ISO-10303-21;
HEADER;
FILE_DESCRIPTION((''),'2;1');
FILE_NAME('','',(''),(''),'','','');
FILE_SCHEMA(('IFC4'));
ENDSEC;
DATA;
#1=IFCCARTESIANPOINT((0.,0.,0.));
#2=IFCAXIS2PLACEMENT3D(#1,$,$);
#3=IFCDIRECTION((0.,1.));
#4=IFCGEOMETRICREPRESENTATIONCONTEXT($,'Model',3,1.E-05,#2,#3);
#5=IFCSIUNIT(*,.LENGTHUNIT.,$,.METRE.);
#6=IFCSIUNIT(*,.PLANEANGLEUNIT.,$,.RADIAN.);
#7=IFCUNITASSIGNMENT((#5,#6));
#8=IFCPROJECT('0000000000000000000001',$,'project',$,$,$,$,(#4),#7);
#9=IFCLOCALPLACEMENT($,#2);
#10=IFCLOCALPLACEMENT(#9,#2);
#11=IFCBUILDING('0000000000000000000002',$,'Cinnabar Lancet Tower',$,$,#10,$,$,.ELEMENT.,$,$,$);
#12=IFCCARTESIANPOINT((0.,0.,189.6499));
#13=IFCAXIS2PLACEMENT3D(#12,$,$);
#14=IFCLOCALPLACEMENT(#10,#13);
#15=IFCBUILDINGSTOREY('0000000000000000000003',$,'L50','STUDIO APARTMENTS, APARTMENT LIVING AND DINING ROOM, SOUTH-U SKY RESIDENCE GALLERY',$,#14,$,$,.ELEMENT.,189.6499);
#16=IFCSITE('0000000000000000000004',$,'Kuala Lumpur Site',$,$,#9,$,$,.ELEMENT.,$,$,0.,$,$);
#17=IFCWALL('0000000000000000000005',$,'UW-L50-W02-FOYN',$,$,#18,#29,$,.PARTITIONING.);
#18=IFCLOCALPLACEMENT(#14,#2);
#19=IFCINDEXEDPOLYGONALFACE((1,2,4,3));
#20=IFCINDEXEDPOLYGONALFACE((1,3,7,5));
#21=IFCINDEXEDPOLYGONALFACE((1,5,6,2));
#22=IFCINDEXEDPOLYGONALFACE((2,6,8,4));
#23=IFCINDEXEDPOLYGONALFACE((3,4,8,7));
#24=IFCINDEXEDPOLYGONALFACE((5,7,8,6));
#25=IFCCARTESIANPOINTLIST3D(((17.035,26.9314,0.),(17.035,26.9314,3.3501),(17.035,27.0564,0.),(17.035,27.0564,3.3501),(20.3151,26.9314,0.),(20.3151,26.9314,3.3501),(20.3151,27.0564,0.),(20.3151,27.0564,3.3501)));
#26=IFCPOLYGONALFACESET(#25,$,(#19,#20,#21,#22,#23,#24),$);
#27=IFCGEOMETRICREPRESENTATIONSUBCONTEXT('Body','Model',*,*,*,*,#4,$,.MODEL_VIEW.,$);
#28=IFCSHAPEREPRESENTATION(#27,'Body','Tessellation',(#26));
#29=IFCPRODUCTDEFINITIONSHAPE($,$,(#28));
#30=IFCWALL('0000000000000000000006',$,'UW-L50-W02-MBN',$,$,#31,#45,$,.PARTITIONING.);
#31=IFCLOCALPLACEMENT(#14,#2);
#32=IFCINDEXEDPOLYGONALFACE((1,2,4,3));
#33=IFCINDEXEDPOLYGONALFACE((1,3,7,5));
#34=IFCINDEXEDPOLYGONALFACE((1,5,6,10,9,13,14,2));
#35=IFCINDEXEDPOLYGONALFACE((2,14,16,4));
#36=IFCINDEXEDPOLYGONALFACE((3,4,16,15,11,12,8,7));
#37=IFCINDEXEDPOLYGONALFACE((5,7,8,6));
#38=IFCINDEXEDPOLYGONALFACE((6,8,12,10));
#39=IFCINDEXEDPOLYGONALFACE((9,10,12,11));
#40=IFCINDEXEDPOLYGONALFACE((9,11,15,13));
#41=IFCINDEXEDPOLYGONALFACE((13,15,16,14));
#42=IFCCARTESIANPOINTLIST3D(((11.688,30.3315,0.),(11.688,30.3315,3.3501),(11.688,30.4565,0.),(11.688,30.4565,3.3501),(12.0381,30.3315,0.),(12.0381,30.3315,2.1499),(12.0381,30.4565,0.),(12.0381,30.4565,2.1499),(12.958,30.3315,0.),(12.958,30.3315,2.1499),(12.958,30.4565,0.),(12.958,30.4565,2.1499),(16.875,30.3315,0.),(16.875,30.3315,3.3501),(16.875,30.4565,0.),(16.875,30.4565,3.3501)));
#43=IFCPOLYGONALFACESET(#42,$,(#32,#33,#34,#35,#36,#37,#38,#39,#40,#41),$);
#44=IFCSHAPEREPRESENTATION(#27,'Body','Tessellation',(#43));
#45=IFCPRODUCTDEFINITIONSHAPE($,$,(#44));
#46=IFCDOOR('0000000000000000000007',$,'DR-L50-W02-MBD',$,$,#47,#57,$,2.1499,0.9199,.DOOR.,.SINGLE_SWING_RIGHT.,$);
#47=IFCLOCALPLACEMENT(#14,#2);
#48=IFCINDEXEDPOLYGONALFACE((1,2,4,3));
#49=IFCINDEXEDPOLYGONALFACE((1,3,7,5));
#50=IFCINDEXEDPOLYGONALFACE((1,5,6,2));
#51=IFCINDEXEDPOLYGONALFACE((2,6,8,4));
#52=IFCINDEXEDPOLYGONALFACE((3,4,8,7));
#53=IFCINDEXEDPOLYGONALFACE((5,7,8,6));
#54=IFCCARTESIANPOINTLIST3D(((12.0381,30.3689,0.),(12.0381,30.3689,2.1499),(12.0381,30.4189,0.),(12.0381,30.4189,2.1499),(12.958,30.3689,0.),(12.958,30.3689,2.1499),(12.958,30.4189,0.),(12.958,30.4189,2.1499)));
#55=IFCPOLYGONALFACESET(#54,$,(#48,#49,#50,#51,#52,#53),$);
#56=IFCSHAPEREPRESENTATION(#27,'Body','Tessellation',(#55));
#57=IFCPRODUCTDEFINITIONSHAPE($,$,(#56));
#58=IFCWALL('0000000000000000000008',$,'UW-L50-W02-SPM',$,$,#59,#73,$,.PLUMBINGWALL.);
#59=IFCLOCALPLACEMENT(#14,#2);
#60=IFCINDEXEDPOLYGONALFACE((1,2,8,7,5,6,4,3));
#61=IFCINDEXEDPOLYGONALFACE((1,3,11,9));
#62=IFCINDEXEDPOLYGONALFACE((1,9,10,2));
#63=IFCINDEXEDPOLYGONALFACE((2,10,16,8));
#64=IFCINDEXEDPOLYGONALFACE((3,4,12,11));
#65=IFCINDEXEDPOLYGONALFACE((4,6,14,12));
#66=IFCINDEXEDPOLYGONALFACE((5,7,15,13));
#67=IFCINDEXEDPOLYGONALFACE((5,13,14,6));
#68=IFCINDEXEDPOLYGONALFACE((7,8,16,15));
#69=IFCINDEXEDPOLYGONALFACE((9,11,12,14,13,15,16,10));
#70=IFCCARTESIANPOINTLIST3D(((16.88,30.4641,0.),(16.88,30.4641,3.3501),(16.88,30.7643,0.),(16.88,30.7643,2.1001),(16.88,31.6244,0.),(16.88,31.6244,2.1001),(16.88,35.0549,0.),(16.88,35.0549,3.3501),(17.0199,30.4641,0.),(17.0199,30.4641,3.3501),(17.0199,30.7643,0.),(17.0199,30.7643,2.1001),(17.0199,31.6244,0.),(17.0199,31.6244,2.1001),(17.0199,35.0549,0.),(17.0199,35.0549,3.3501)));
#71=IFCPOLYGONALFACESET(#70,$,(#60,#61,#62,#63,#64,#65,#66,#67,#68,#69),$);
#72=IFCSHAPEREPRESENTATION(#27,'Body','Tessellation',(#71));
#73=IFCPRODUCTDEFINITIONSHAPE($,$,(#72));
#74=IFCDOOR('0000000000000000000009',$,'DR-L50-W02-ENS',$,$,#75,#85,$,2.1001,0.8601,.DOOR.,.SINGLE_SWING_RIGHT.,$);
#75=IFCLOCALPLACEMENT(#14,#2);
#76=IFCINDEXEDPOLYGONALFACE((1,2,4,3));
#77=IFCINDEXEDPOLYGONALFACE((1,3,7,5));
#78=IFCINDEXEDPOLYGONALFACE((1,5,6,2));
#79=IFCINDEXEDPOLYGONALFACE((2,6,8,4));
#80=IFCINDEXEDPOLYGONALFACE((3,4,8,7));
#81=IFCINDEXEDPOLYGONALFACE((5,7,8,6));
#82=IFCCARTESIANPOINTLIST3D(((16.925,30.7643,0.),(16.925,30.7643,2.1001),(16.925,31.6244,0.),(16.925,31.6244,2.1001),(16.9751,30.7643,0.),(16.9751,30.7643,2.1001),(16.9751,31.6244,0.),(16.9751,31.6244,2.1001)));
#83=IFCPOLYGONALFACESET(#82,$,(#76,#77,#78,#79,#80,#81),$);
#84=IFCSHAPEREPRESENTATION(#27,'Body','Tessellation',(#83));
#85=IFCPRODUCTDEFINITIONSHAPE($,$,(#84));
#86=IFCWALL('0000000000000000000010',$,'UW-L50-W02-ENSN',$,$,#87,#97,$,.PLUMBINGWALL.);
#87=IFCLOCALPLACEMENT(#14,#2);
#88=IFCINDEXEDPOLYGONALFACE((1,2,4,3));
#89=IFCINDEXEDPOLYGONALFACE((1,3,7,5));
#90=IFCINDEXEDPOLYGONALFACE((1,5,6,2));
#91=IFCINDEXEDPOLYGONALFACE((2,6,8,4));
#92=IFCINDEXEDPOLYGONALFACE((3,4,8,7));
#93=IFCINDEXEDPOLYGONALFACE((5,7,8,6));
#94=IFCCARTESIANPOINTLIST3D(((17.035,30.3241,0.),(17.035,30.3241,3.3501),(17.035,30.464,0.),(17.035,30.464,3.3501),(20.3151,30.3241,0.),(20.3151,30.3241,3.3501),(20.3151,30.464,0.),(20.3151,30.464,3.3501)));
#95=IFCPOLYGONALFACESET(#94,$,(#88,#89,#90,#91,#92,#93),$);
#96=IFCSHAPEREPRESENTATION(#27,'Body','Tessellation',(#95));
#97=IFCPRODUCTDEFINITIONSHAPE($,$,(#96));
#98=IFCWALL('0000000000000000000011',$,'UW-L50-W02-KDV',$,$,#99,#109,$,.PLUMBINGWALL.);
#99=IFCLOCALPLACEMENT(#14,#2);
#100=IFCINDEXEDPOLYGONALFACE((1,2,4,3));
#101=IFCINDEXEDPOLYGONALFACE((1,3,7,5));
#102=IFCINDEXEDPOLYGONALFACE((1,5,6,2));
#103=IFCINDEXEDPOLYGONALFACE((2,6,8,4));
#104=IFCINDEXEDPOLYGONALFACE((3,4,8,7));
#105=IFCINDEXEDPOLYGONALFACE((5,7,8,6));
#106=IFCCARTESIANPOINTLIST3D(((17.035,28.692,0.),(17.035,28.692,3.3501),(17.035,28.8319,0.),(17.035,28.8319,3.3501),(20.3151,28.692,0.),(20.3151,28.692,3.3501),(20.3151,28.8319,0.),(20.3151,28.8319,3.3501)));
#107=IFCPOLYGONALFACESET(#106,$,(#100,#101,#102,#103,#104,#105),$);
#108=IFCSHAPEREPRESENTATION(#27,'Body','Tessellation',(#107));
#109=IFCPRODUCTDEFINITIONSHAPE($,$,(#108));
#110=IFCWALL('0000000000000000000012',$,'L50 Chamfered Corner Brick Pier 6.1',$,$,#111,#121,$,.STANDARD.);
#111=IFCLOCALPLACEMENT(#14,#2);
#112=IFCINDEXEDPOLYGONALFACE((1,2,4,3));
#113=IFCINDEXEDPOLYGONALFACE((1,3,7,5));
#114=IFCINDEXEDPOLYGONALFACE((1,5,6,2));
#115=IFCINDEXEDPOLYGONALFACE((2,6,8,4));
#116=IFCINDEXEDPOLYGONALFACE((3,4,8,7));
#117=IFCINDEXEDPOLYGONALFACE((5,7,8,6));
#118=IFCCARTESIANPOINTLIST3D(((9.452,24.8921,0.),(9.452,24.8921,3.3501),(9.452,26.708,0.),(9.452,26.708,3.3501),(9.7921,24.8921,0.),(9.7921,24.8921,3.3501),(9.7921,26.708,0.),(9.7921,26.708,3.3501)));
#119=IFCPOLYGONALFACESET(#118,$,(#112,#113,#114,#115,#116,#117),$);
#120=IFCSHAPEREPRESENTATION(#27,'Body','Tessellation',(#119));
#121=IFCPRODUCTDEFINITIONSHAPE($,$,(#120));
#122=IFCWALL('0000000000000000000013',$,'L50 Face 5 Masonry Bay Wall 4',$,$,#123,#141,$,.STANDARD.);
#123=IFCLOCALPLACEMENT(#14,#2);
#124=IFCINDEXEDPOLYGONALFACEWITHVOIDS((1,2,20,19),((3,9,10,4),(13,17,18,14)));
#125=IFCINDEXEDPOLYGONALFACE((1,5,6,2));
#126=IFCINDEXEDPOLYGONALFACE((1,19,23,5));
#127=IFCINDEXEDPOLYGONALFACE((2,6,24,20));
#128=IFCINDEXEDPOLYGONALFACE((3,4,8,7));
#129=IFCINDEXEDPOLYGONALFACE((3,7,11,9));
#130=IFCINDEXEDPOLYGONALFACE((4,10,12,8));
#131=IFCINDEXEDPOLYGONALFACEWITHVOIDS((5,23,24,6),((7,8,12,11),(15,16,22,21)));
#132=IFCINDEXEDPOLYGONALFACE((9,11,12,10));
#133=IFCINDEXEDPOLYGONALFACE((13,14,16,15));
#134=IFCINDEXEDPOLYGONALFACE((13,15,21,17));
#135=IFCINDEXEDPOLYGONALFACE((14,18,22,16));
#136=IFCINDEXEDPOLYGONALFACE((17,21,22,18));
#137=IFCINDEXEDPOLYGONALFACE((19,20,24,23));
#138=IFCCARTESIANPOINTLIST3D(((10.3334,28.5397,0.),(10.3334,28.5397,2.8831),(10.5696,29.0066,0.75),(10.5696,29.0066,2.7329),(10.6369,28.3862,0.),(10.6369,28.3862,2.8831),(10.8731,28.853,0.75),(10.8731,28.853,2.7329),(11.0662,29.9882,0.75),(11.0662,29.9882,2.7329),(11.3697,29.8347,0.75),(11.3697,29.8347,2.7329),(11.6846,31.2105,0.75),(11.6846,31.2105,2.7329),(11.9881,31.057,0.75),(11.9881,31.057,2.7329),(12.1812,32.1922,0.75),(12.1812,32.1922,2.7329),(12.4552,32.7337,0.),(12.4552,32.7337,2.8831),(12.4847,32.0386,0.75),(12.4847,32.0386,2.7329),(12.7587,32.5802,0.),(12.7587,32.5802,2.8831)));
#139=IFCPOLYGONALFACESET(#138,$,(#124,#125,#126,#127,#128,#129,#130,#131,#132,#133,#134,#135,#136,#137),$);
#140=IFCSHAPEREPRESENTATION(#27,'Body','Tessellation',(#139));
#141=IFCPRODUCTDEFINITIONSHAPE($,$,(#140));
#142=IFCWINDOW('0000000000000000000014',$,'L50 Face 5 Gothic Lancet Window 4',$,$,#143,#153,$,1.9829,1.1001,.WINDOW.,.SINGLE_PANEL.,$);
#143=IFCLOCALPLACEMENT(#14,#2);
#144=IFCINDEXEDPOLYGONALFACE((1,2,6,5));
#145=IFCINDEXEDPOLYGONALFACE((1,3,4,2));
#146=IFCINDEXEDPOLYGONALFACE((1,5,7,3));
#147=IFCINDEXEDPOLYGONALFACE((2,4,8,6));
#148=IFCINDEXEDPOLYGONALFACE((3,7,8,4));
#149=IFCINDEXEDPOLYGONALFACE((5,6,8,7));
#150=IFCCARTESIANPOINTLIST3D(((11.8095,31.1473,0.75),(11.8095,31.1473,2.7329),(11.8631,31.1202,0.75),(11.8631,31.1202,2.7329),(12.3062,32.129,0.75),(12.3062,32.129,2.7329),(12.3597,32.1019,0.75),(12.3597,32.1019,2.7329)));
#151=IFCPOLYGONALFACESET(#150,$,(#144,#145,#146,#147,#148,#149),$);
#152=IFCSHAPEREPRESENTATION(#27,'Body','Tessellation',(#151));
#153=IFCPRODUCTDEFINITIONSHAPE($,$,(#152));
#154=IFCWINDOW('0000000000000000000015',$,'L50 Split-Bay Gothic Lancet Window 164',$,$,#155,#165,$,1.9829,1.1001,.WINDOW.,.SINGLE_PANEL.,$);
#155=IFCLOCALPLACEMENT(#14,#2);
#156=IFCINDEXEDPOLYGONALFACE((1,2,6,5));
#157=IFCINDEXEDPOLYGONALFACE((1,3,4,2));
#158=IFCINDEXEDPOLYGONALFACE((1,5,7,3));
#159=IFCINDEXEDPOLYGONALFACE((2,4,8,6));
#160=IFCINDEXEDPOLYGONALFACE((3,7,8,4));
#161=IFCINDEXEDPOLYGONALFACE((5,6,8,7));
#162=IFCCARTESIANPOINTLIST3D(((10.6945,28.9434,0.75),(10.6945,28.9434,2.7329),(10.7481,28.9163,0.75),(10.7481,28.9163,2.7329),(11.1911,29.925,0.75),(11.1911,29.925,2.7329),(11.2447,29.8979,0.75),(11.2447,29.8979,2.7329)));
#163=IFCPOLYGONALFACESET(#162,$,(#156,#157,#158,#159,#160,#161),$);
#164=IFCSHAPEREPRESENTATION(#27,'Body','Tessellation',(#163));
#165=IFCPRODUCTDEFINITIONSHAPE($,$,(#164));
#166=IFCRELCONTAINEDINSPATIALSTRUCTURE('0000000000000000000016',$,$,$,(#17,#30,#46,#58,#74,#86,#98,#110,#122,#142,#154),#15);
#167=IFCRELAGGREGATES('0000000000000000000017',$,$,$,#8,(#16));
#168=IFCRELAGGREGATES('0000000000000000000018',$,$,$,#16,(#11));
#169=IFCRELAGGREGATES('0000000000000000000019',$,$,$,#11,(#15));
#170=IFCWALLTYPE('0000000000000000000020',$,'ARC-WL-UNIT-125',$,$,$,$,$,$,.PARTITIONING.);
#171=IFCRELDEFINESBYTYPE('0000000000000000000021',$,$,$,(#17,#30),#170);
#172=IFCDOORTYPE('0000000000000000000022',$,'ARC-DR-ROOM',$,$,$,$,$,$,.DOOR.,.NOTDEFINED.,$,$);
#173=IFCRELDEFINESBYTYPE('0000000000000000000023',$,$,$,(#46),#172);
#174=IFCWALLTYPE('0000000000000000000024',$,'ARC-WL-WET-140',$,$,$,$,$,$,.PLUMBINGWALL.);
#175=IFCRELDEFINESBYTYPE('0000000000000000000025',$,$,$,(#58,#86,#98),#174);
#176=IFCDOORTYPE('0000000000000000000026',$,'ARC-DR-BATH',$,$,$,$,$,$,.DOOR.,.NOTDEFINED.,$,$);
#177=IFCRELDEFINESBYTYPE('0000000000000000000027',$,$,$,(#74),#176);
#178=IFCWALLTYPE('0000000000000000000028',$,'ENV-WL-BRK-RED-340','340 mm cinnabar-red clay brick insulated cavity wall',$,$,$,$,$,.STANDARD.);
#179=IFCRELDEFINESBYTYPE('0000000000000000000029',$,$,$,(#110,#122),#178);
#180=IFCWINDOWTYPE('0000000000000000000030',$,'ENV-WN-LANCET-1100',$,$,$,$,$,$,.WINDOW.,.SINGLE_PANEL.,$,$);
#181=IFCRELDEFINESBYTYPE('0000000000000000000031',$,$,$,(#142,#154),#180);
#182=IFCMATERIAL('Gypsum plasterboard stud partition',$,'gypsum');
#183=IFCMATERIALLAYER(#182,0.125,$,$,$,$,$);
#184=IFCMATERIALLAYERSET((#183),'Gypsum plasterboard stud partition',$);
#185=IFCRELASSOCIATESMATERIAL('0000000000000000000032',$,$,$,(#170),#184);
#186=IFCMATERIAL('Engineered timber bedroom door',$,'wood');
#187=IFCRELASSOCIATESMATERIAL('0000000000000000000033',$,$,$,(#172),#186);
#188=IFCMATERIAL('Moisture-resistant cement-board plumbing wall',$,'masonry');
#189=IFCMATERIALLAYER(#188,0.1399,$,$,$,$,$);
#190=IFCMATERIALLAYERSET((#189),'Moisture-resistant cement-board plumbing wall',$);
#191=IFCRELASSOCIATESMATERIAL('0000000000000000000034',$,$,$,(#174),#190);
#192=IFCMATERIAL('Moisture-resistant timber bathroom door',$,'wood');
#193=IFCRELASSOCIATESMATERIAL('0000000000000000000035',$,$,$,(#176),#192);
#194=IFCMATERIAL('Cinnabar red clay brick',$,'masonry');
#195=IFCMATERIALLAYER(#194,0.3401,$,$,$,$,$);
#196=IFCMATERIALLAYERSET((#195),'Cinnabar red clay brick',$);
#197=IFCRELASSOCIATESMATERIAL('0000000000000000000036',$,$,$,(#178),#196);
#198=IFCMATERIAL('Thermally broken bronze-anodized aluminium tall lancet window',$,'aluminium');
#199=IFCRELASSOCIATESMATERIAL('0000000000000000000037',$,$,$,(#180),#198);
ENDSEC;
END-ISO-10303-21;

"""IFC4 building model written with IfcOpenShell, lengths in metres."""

from ifc_helpers import new_model, si_unit, direction, frame, frame_2d, origin, place, context, subcontext, project, spatial, rectangle, extrude, material, layer, layer_set, type_object, element, fill, save


model = new_model("IFC4")

# Units and contexts
model_context = context("Model", 3, precision=1e-05, world=origin(), true_north=direction((0.0, 1.0)))
body_context = subcontext(model_context, "Body", "Model", "MODEL_VIEW")
ifc_project = project(units=[si_unit("LENGTHUNIT", "METRE"), si_unit("PLANEANGLEUNIT", "RADIAN")], contexts=[model_context])

# Site, building, storey
site_placement = place(None, origin())
site = spatial("IfcSite", under=ifc_project, at=site_placement, Name="Kuala Lumpur Site", CompositionType="ELEMENT", RefElevation=0.0)
building_placement = place(site_placement, origin())
building = spatial("IfcBuilding", under=site, at=building_placement, Name="Cinnabar Lancet Tower", CompositionType="ELEMENT")
storey_placement = place(building_placement, frame((0.0, 0.0, 189.6499)))
storey = spatial("IfcBuildingStorey", under=building, at=storey_placement, Name="L50", Description="STUDIO APARTMENTS, APARTMENT LIVING AND DINING ROOM, SOUTH-U SKY RESIDENCE GALLERY", CompositionType="ELEMENT", Elevation=189.6499)

# Wall
ifc_material_1 = material(Name="Gypsum plasterboard stud partition", Category="gypsum")
ifc_layer_1 = layer(ifc_material_1, 0.125)
ifc_layer_set_1 = layer_set([ifc_layer_1], Name="Gypsum plasterboard stud partition")
wall_type_1 = type_object("IfcWallType", Name="ARC-WL-UNIT-125", PredefinedType="PARTITIONING", material=ifc_layer_set_1)
wall_1_placement = place(storey_placement, frame((17.0349, 26.9939, 0.0), z_axis=(0.0, 0.0, 1.0), x_axis=(1.0, 0.0, 0.0)))
element("IfcWall", 1, at=wall_1_placement, inside=storey, type_object=wall_type_1, Name="UW-L50-W02-FOYN", PredefinedType="PARTITIONING", context=body_context, shape_type="SweptSolid", body=[
    extrude(rectangle(XDim=3.28, YDim=0.125, at=frame_2d((1.6401, 0.0))), origin(), (0.0, 0.0, 1.0), 3.3501),
])

# Wall, opening, door
wall_2_placement = place(storey_placement, frame((11.688, 30.394, 0.0), z_axis=(0.0, 0.0, 1.0), x_axis=(1.0, 0.0, 0.0)))
wall_2 = element("IfcWall", 2, at=wall_2_placement, inside=storey, type_object=wall_type_1, Name="UW-L50-W02-MBN", PredefinedType="PARTITIONING", context=body_context, shape_type="SweptSolid", body=[
    extrude(rectangle(XDim=5.187, YDim=0.125, at=frame_2d((2.5935, 0.0))), origin(), (0.0, 0.0, 1.0), 3.3501),
])
opening_1_placement = place(wall_2_placement, frame((0.3501, 0.0, 0.0)))
opening_1 = element("IfcOpeningElement", 3, at=opening_1_placement, cuts=wall_2, PredefinedType="OPENING", context=body_context, shape_type="SweptSolid", body=[
    extrude(rectangle(XDim=0.9199, YDim=2.1499, at=frame_2d((0.46, 1.075))), frame((0.0, 0.0725, 0.0), z_axis=(0.0, -1.0, 0.0), x_axis=(1.0, 0.0, 0.0)), (0.0, 0.0, 1.0), 0.145),
])
ifc_material_2 = material(Name="Engineered timber bedroom door", Category="wood")
door_type_1 = type_object("IfcDoorType", Name="ARC-DR-ROOM", OperationType="NOTDEFINED", PredefinedType="DOOR", material=ifc_material_2)
door_1_placement = place(opening_1_placement, origin())
door_1 = element("IfcDoor", 4, at=door_1_placement, inside=storey, type_object=door_type_1, Name="DR-L50-W02-MBD", OperationType="SINGLE_SWING_RIGHT", OverallHeight=2.1499, OverallWidth=0.9199, PredefinedType="DOOR", context=body_context, shape_type="SweptSolid", body=[
    extrude(rectangle(XDim=0.9199, YDim=2.1499, at=frame_2d((0.46, 1.075))), frame((0.0, 0.0249, 0.0), z_axis=(0.0, -1.0, 0.0), x_axis=(1.0, 0.0, 0.0)), (0.0, 0.0, 1.0), 0.05),
])
fill(opening_1, door_1)

# Shared definitions
ifc_material_3 = material(Name="Moisture-resistant cement-board plumbing wall", Category="masonry")
ifc_layer_2 = layer(ifc_material_3, 0.1399)
ifc_layer_set_2 = layer_set([ifc_layer_2], Name="Moisture-resistant cement-board plumbing wall")
wall_type_2 = type_object("IfcWallType", Name="ARC-WL-WET-140", PredefinedType="PLUMBINGWALL", material=ifc_layer_set_2)
ifc_material_4 = material(Name="Moisture-resistant timber bathroom door", Category="wood")
door_type_2 = type_object("IfcDoorType", Name="ARC-DR-BATH", OperationType="NOTDEFINED", PredefinedType="DOOR", material=ifc_material_4)

# Wall, opening, door
wall_3_placement = place(storey_placement, frame((16.95, 30.4641, 0.0), z_axis=(0.0, 0.0, 1.0), x_axis=(0.0, 1.0, 0.0)))
wall_3 = element("IfcWall", 5, at=wall_3_placement, inside=storey, type_object=wall_type_2, Name="UW-L50-W02-SPM", PredefinedType="PLUMBINGWALL", context=body_context, shape_type="SweptSolid", body=[
    extrude(rectangle(XDim=4.5908, YDim=0.1399, at=frame_2d((2.2954, 0.0))), origin(), (0.0, 0.0, 1.0), 3.3501),
])
opening_2_placement = place(wall_3_placement, frame((0.3, 0.0, 0.0)))
opening_2 = element("IfcOpeningElement", 6, at=opening_2_placement, cuts=wall_3, PredefinedType="OPENING", context=body_context, shape_type="SweptSolid", body=[
    extrude(rectangle(XDim=0.8601, YDim=2.1001, at=frame_2d((0.4302, 1.05))), frame((0.0, 0.0798, 0.0), z_axis=(0.0, -1.0, 0.0), x_axis=(1.0, 0.0, 0.0)), (0.0, 0.0, 1.0), 0.1599),
])
door_2_placement = place(opening_2_placement, origin())
door_2 = element("IfcDoor", 7, at=door_2_placement, inside=storey, type_object=door_type_2, Name="DR-L50-W02-ENS", OperationType="SINGLE_SWING_RIGHT", OverallHeight=2.1001, OverallWidth=0.8601, PredefinedType="DOOR", context=body_context, shape_type="SweptSolid", body=[
    extrude(rectangle(XDim=0.8601, YDim=2.1001, at=frame_2d((0.4302, 1.05))), frame((0.0, 0.0249, 0.0), z_axis=(0.0, -1.0, 0.0), x_axis=(1.0, 0.0, 0.0)), (0.0, 0.0, 1.0), 0.05),
])
fill(opening_2, door_2)

# Walls
for number, where, z_axis, x_axis, name in (
    (8, (17.0349, 30.394, 0.0), (0.0, 0.0, 1.0), (1.0, 0.0, 0.0), "UW-L50-W02-ENSN"),
    (9, (17.0349, 28.762, 0.0), (0.0, 0.0, 1.0), (1.0, 0.0, 0.0), "UW-L50-W02-KDV"),
):
    element("IfcWall", number, at=place(storey_placement, frame(where, z_axis=z_axis, x_axis=x_axis)), inside=storey, type_object=wall_type_2, Name=name, PredefinedType="PLUMBINGWALL", context=body_context, shape_type="SweptSolid", body=[
        extrude(rectangle(XDim=3.28, YDim=0.1399, at=frame_2d((1.6401, 0.0))), origin(), (0.0, 0.0, 1.0), 3.3501),
    ])
ifc_material_5 = material(Name="Cinnabar red clay brick", Category="masonry")
ifc_layer_3 = layer(ifc_material_5, 0.3401)
ifc_layer_set_3 = layer_set([ifc_layer_3], Name="Cinnabar red clay brick")
wall_type_3 = type_object("IfcWallType", Name="ENV-WL-BRK-RED-340", Description="340 mm cinnabar-red clay brick insulated cavity wall", PredefinedType="STANDARD", material=ifc_layer_set_3)
wall_4_placement = place(storey_placement, frame((9.6221, 26.708, 0.0), z_axis=(0.0, 0.0, 1.0), x_axis=(0.0, -1.0, 0.0)))
element("IfcWall", 10, at=wall_4_placement, inside=storey, type_object=wall_type_3, Name="L50 Chamfered Corner Brick Pier 6.1", PredefinedType="STANDARD", context=body_context, shape_type="SweptSolid", body=[
    extrude(rectangle(XDim=1.8159, YDim=0.3401, at=frame_2d((0.908, 0.0))), origin(), (0.0, 0.0, 1.0), 3.3501),
])

# Wall, openings, windows
wall_5_placement = place(storey_placement, frame((12.6069, 32.657, 0.0), z_axis=(0.0, 0.0, 1.0), x_axis=(-0.451426, -0.892308, 0.0)))
wall_5 = element("IfcWall", 11, at=wall_5_placement, inside=storey, type_object=wall_type_3, Name="L50 Face 5 Masonry Bay Wall 4", PredefinedType="STANDARD", context=body_context, shape_type="SweptSolid", body=[
    extrude(rectangle(XDim=4.7002, YDim=0.3401, at=frame_2d((2.3501, 0.0))), origin(), (0.0, 0.0, 1.0), 2.8831),
])
opening_3_placement = place(wall_5_placement, frame((0.6069, 0.0, 0.75)))
opening_3 = element("IfcOpeningElement", 12, at=opening_3_placement, cuts=wall_5, PredefinedType="OPENING", context=body_context, shape_type="SweptSolid", body=[
    extrude(rectangle(XDim=1.1001, YDim=1.9829, at=frame_2d((0.55, 0.9915))), frame((0.0, 0.1799, 0.0), z_axis=(0.0, -1.0, 0.0), x_axis=(1.0, 0.0, 0.0)), (0.0, 0.0, 1.0), 0.3601),
])
opening_4_placement = place(wall_5_placement, frame((3.0769, 0.0, 0.75)))
opening_4 = element("IfcOpeningElement", 13, at=opening_4_placement, cuts=wall_5, PredefinedType="OPENING", context=body_context, shape_type="SweptSolid", body=[
    extrude(rectangle(XDim=1.1001, YDim=1.9829, at=frame_2d((0.55, 0.9915))), frame((0.0, 0.1799, 0.0), z_axis=(0.0, -1.0, 0.0), x_axis=(1.0, 0.0, 0.0)), (0.0, 0.0, 1.0), 0.3601),
])
ifc_material_6 = material(Name="Thermally broken bronze-anodized aluminium tall lancet window", Category="aluminium")
window_type = type_object("IfcWindowType", Name="ENV-WN-LANCET-1100", PartitioningType="SINGLE_PANEL", PredefinedType="WINDOW", material=ifc_material_6)
window_1_placement = place(opening_3_placement, origin())
window_1 = element("IfcWindow", 14, at=window_1_placement, inside=storey, type_object=window_type, Name="L50 Face 5 Gothic Lancet Window 4", OverallHeight=1.9829, OverallWidth=1.1001, PartitioningType="SINGLE_PANEL", PredefinedType="WINDOW", context=body_context, shape_type="SweptSolid", body=[
    extrude(rectangle(XDim=1.1001, YDim=1.9829, at=frame_2d((0.55, 0.9915))), frame((0.0, 0.03, 0.0), z_axis=(0.0, -1.0, 0.0), x_axis=(1.0, 0.0, 0.0)), (0.0, 0.0, 1.0), 0.0601),
])
fill(opening_3, window_1)
window_2_placement = place(opening_4_placement, origin())
window_2 = element("IfcWindow", 15, at=window_2_placement, inside=storey, type_object=window_type, Name="L50 Split-Bay Gothic Lancet Window 164", OverallHeight=1.9829, OverallWidth=1.1001, PartitioningType="SINGLE_PANEL", PredefinedType="WINDOW", context=body_context, shape_type="SweptSolid", body=[
    extrude(rectangle(XDim=1.1001, YDim=1.9829, at=frame_2d((0.55, 0.9915))), frame((0.0, 0.03, 0.0), z_axis=(0.0, -1.0, 0.0), x_axis=(1.0, 0.0, 0.0)), (0.0, 0.0, 1.0), 0.0601),
])
fill(opening_4, window_2)

save(model, "model.ifc")
